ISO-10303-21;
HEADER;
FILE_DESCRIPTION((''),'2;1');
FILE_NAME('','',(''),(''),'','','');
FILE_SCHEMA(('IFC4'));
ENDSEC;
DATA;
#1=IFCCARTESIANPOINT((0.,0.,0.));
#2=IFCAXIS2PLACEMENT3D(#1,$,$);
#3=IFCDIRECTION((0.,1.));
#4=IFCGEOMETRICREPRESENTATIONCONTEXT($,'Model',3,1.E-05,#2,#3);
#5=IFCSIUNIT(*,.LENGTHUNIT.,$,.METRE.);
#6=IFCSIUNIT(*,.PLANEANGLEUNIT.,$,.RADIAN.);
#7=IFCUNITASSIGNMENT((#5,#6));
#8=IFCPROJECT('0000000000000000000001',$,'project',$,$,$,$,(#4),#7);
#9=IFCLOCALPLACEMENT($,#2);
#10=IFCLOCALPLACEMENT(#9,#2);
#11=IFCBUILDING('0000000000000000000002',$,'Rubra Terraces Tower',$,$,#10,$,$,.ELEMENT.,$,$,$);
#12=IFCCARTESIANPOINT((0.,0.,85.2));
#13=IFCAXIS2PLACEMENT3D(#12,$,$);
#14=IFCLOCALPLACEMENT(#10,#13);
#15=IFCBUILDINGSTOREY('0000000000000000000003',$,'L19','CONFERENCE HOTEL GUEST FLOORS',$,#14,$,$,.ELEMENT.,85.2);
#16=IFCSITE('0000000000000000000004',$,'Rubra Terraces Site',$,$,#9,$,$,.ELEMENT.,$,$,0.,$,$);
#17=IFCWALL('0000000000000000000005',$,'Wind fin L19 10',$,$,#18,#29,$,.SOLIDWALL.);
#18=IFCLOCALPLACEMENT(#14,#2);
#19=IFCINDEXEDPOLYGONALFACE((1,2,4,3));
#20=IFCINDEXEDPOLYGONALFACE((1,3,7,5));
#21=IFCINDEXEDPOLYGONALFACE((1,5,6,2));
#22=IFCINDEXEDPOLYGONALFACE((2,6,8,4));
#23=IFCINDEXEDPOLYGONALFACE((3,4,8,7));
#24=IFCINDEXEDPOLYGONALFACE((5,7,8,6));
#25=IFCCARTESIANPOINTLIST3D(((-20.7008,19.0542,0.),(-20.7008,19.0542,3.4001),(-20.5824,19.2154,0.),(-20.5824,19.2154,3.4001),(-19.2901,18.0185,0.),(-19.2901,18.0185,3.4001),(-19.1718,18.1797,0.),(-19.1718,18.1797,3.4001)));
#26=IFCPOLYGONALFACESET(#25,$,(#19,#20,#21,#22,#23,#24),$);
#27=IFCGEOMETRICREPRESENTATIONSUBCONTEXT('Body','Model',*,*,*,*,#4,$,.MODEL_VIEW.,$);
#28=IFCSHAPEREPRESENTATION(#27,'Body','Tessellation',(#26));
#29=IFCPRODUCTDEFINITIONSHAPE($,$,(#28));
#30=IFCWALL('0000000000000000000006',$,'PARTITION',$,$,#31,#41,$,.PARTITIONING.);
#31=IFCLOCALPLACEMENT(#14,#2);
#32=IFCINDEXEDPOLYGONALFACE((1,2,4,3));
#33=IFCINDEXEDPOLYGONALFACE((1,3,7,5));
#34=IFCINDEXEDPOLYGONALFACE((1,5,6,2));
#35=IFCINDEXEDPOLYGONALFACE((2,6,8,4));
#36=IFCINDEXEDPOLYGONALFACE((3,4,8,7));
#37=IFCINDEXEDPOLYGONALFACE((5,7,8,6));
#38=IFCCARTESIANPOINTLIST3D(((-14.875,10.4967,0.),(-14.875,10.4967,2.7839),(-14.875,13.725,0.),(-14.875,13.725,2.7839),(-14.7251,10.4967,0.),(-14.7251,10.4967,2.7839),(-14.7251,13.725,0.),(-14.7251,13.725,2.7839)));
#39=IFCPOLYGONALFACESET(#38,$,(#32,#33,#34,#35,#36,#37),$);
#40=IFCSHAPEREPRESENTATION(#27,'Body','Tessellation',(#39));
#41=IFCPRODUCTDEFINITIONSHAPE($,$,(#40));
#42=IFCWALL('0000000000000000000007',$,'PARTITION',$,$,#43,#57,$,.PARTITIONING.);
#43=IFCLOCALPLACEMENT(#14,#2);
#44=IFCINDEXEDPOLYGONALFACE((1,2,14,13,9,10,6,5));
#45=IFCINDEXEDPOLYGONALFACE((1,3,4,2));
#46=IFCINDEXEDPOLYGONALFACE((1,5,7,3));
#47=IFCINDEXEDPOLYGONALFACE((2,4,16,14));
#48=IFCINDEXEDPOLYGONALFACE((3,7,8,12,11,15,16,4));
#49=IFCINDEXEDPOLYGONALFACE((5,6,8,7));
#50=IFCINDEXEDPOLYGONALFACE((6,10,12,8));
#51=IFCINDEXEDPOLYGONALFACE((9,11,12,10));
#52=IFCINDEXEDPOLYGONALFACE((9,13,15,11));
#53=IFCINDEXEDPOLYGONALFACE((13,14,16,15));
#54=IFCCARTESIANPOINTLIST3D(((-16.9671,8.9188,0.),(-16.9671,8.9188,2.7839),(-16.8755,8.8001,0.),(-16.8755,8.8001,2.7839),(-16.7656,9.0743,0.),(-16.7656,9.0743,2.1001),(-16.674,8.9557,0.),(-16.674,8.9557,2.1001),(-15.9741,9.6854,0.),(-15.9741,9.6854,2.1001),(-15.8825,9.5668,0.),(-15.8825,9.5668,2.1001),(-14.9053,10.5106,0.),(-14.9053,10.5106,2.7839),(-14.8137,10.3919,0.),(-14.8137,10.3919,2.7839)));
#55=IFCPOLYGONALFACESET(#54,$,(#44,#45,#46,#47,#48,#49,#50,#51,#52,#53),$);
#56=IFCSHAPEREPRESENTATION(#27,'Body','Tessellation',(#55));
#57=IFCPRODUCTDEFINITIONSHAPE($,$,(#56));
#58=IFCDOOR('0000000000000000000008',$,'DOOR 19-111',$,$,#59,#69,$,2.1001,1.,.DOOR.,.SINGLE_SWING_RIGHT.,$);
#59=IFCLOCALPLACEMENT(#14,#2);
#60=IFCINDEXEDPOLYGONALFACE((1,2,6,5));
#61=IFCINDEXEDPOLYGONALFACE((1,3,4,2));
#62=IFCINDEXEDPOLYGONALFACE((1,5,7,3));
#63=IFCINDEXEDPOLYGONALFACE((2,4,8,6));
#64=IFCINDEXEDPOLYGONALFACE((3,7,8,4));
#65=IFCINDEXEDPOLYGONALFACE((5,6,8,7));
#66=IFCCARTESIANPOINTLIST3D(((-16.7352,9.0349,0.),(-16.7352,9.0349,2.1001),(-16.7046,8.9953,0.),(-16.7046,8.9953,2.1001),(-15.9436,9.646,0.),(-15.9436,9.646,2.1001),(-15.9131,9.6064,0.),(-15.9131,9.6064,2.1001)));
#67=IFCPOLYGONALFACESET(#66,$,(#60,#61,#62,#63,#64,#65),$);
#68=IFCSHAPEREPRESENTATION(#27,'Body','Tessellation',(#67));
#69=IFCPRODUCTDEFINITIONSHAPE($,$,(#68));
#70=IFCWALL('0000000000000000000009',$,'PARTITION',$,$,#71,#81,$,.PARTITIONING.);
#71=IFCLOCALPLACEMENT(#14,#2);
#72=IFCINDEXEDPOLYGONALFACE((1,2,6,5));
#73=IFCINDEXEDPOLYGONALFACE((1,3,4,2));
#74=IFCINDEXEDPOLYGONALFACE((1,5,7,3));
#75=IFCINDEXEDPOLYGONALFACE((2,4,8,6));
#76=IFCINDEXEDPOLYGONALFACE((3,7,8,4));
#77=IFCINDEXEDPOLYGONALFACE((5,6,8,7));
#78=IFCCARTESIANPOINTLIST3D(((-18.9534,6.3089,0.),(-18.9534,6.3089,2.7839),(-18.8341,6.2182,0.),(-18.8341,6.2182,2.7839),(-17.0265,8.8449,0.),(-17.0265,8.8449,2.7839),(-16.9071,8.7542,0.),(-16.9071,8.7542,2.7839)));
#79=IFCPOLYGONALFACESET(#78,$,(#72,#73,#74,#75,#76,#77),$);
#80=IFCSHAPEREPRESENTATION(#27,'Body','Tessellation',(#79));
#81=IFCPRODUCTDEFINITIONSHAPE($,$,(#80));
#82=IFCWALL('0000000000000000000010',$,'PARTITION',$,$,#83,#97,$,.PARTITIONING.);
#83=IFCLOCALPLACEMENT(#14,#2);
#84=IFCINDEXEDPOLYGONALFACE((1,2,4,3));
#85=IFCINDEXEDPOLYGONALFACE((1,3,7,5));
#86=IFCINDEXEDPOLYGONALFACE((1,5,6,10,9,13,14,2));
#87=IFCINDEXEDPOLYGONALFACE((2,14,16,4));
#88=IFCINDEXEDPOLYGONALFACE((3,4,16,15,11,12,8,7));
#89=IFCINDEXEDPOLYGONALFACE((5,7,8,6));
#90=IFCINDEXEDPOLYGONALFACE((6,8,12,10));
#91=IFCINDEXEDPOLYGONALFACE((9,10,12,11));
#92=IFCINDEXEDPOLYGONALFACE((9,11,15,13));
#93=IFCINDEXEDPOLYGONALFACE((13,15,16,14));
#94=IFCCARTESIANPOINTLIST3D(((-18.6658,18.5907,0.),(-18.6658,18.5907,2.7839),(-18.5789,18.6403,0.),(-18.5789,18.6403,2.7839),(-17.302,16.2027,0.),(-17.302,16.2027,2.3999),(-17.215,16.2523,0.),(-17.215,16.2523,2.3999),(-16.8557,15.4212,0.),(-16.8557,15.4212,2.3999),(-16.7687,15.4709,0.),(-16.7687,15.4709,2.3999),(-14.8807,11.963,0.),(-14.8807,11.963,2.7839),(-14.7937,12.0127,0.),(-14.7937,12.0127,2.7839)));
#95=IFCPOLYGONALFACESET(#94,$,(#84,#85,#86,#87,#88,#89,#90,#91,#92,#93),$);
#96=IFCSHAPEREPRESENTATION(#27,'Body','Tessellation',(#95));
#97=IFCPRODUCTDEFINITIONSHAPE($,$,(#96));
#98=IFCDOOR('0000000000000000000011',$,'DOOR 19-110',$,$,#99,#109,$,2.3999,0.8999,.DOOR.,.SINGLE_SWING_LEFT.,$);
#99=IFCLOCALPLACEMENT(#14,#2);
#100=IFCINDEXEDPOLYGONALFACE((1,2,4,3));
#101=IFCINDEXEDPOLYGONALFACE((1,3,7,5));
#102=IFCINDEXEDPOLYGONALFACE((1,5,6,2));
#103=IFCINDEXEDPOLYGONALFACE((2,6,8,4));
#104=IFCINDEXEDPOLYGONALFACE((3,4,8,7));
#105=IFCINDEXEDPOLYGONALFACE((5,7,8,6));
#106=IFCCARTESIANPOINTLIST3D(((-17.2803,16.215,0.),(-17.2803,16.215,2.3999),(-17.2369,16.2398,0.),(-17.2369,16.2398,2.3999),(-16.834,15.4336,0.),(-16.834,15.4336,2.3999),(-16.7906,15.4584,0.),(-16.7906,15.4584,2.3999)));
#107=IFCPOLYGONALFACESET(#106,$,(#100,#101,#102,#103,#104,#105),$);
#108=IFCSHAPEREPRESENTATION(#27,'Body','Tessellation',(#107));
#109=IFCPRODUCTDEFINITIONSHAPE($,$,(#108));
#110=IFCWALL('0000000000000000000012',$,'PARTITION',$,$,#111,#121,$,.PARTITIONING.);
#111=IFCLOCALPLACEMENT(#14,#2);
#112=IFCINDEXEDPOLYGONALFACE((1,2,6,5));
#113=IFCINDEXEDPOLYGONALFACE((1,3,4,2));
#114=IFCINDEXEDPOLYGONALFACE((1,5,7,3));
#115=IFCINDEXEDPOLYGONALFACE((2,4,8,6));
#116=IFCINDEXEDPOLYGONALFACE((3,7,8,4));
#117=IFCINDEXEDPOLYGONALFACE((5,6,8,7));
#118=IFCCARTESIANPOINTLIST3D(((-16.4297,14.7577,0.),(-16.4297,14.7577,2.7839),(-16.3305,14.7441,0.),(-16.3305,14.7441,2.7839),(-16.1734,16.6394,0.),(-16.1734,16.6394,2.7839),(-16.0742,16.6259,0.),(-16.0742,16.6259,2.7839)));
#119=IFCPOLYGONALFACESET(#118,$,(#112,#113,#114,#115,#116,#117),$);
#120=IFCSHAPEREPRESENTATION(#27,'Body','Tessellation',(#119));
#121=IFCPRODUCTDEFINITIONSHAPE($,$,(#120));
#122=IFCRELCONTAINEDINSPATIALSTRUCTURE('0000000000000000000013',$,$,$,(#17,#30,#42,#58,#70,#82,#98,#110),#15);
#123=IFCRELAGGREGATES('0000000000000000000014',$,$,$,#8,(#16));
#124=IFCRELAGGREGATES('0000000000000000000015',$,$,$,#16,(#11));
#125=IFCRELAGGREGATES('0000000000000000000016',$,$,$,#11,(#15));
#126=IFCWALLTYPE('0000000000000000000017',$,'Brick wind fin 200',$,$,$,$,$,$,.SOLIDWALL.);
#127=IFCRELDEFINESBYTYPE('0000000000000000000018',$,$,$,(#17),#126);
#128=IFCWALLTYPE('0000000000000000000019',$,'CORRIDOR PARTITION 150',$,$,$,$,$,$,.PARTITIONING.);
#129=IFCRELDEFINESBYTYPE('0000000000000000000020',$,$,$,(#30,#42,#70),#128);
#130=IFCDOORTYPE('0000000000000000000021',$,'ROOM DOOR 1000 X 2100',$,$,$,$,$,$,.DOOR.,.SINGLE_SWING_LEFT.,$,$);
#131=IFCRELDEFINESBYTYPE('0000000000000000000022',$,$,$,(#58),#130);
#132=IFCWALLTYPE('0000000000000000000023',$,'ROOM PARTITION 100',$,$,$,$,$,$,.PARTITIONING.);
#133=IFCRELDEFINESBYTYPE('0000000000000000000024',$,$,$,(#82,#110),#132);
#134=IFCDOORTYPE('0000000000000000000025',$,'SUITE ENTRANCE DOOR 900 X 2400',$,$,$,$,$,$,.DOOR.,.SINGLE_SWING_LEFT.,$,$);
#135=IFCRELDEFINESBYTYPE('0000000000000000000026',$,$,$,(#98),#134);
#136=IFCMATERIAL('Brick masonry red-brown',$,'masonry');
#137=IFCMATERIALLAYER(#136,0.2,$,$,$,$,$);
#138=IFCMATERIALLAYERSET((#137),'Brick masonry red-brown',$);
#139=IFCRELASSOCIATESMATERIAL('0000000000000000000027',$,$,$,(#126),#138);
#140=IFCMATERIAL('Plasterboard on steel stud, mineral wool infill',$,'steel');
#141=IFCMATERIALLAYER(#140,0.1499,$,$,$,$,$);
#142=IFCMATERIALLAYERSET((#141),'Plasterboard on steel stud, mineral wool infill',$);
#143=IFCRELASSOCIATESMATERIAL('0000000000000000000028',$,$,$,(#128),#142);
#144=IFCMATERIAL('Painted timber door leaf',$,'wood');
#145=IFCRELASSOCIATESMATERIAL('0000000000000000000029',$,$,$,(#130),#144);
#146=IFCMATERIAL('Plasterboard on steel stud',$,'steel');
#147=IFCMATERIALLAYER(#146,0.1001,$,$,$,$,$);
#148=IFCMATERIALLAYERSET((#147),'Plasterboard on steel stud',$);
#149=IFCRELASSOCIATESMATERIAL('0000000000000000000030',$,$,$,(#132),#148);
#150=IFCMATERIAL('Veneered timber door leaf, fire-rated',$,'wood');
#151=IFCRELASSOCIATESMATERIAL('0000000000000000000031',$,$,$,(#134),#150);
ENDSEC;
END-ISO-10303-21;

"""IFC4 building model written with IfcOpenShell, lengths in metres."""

from ifc_helpers import new_model, si_unit, direction, frame, frame_2d, origin, place, context, subcontext, project, spatial, rectangle, extrude, material, layer, layer_set, type_object, element, fill, save


model = new_model("IFC4")

# Units and contexts
model_context = context("Model", 3, precision=1e-05, world=origin(), true_north=direction((0.0, 1.0)))
body_context = subcontext(model_context, "Body", "Model", "MODEL_VIEW")
ifc_project = project(units=[si_unit("LENGTHUNIT", "METRE"), si_unit("PLANEANGLEUNIT", "RADIAN")], contexts=[model_context])

# Site, building, storey
site_placement = place(None, origin())
site = spatial("IfcSite", under=ifc_project, at=site_placement, Name="Rubra Terraces Site", CompositionType="ELEMENT", RefElevation=0.0)
building_placement = place(site_placement, origin())
building = spatial("IfcBuilding", under=site, at=building_placement, Name="Rubra Terraces Tower", CompositionType="ELEMENT")
storey_placement = place(building_placement, frame((0.0, 0.0, 85.2)))
storey = spatial("IfcBuildingStorey", under=building, at=storey_placement, Name="L19", Description="CONFERENCE HOTEL GUEST FLOORS", CompositionType="ELEMENT", Elevation=85.2)

# Shared definitions
ifc_material_1 = material(Name="Brick masonry red-brown", Category="masonry")

# Walls
ifc_layer_1 = layer(ifc_material_1, 0.2)
ifc_layer_set_1 = layer_set([ifc_layer_1], Name="Brick masonry red-brown")
wall_type_1 = type_object("IfcWallType", Name="Brick wind fin 200", PredefinedType="SOLIDWALL", material=ifc_layer_set_1)
wall_1_placement = place(storey_placement, frame((-19.231, 18.0991, 0.0), z_axis=(0.0, 0.0, 1.0), x_axis=(-0.806086, 0.591799, 0.0)))
element("IfcWall", 1, at=wall_1_placement, inside=storey, type_object=wall_type_1, Name="Wind fin L19 10", PredefinedType="SOLIDWALL", context=body_context, shape_type="SweptSolid", body=[
    extrude(rectangle(XDim=1.75, YDim=0.2, at=frame_2d((0.875, 0.0))), origin(), (0.0, 0.0, 1.0), 3.4001),
])
ifc_material_2 = material(Name="Plasterboard on steel stud, mineral wool infill", Category="steel")
ifc_layer_2 = layer(ifc_material_2, 0.1499)
ifc_layer_set_2 = layer_set([ifc_layer_2], Name="Plasterboard on steel stud, mineral wool infill")
wall_type_2 = type_object("IfcWallType", Name="CORRIDOR PARTITION 150", PredefinedType="PARTITIONING", material=ifc_layer_set_2)
wall_2_placement = place(storey_placement, frame((-14.8, 13.7251, 0.0), z_axis=(0.0, 0.0, 1.0), x_axis=(0.0, -1.0, 0.0)))
element("IfcWall", 2, at=wall_2_placement, inside=storey, type_object=wall_type_2, Name="PARTITION", PredefinedType="PARTITIONING", context=body_context, shape_type="SweptSolid", body=[
    extrude(rectangle(XDim=3.2283, YDim=0.1499, at=frame_2d((1.6143, 0.0))), origin(), (0.0, 0.0, 1.0), 2.7839),
])

# Wall, opening, door
wall_3_placement = place(storey_placement, frame((-14.8596, 10.4512, 0.0), z_axis=(0.0, 0.0, 1.0), x_axis=(-0.791543, -0.611114, 0.0)))
wall_3 = element("IfcWall", 3, at=wall_3_placement, inside=storey, type_object=wall_type_2, Name="PARTITION", PredefinedType="PARTITIONING", context=body_context, shape_type="SweptSolid", body=[
    extrude(rectangle(XDim=2.6047, YDim=0.1499, at=frame_2d((1.3022, 0.0))), origin(), (0.0, 0.0, 1.0), 2.7839),
])
opening_1_placement = place(wall_3_placement, frame((1.3501, 0.0, 0.0)))
opening_1 = element("IfcOpeningElement", 4, at=opening_1_placement, cuts=wall_3, PredefinedType="OPENING", context=body_context, shape_type="SweptSolid", body=[
    extrude(rectangle(XDim=1.0, YDim=2.1001, at=frame_2d((0.5, 1.05))), frame((0.0, 0.085, 0.0), z_axis=(0.0, -1.0, 0.0), x_axis=(1.0, 0.0, 0.0)), (0.0, 0.0, 1.0), 0.1699),
])
ifc_material_3 = material(Name="Painted timber door leaf", Category="wood")
door_type_1 = type_object("IfcDoorType", Name="ROOM DOOR 1000 X 2100", OperationType="SINGLE_SWING_LEFT", PredefinedType="DOOR", material=ifc_material_3)
door_1_placement = place(opening_1_placement, origin())
door_1 = element("IfcDoor", 5, at=door_1_placement, inside=storey, type_object=door_type_1, Name="DOOR 19-111", OperationType="SINGLE_SWING_RIGHT", OverallHeight=2.1001, OverallWidth=1.0, PredefinedType="DOOR", context=body_context, shape_type="SweptSolid", body=[
    extrude(rectangle(XDim=1.0, YDim=2.1001, at=frame_2d((0.5, 1.05))), frame((0.0, 0.0249, 0.0), z_axis=(0.0, -1.0, 0.0), x_axis=(1.0, 0.0, 0.0)), (0.0, 0.0, 1.0), 0.05),
])
fill(opening_1, door_1)

# Wall
wall_4_placement = place(storey_placement, frame((-16.9668, 8.7996, 0.0), z_axis=(0.0, 0.0, 1.0), x_axis=(-0.604992, -0.796232, 0.0)))
element("IfcWall", 6, at=wall_4_placement, inside=storey, type_object=wall_type_2, Name="PARTITION", PredefinedType="PARTITIONING", context=body_context, shape_type="SweptSolid", body=[
    extrude(rectangle(XDim=3.1851, YDim=0.1499, at=frame_2d((1.5925, 0.0))), origin(), (0.0, 0.0, 1.0), 2.7839),
])

# Wall, opening, door
ifc_material_4 = material(Name="Plasterboard on steel stud", Category="steel")
ifc_layer_3 = layer(ifc_material_4, 0.1001)
ifc_layer_set_3 = layer_set([ifc_layer_3], Name="Plasterboard on steel stud")
wall_type_3 = type_object("IfcWallType", Name="ROOM PARTITION 100", PredefinedType="PARTITIONING", material=ifc_layer_set_3)
wall_5_placement = place(storey_placement, frame((-18.6223, 18.6155, 0.0), z_axis=(0.0, 0.0, 1.0), x_axis=(0.495932, -0.868361, 0.0)))
wall_5 = element("IfcWall", 7, at=wall_5_placement, inside=storey, type_object=wall_type_3, Name="PARTITION", PredefinedType="PARTITIONING", context=body_context, shape_type="SweptSolid", body=[
    extrude(rectangle(XDim=7.6323, YDim=0.1001, at=frame_2d((3.8162, 0.0))), origin(), (0.0, 0.0, 1.0), 2.7839),
])
opening_2_placement = place(wall_5_placement, frame((2.75, 0.0, 0.0)))
opening_2 = element("IfcOpeningElement", 8, at=opening_2_placement, cuts=wall_5, PredefinedType="OPENING", context=body_context, shape_type="SweptSolid", body=[
    extrude(rectangle(XDim=0.8999, YDim=2.3999, at=frame_2d((0.45, 1.2))), frame((0.0, 0.0601, 0.0), z_axis=(0.0, -1.0, 0.0), x_axis=(1.0, 0.0, 0.0)), (0.0, 0.0, 1.0), 0.1201),
])
ifc_material_5 = material(Name="Veneered timber door leaf, fire-rated", Category="wood")
door_type_2 = type_object("IfcDoorType", Name="SUITE ENTRANCE DOOR 900 X 2400", OperationType="SINGLE_SWING_LEFT", PredefinedType="DOOR", material=ifc_material_5)
door_2_placement = place(opening_2_placement, origin())
door_2 = element("IfcDoor", 9, at=door_2_placement, inside=storey, type_object=door_type_2, Name="DOOR 19-110", OperationType="SINGLE_SWING_LEFT", OverallHeight=2.3999, OverallWidth=0.8999, PredefinedType="DOOR", context=body_context, shape_type="SweptSolid", body=[
    extrude(rectangle(XDim=0.8999, YDim=2.3999, at=frame_2d((0.45, 1.2))), frame((0.0, 0.0249, 0.0), z_axis=(0.0, -1.0, 0.0), x_axis=(1.0, 0.0, 0.0)), (0.0, 0.0, 1.0), 0.05),
])
fill(opening_2, door_2)

# Wall
wall_6_placement = place(storey_placement, frame((-16.1238, 16.6328, 0.0), z_axis=(0.0, 0.0, 1.0), x_axis=(-0.134976, -0.990849, 0.0)))
element("IfcWall", 10, at=wall_6_placement, inside=storey, type_object=wall_type_3, Name="PARTITION", PredefinedType="PARTITIONING", context=body_context, shape_type="SweptSolid", body=[
    extrude(rectangle(XDim=1.8992, YDim=0.1001, at=frame_2d((0.9497, 0.0))), origin(), (0.0, 0.0, 1.0), 2.7839),
])

save(model, "model.ifc")
